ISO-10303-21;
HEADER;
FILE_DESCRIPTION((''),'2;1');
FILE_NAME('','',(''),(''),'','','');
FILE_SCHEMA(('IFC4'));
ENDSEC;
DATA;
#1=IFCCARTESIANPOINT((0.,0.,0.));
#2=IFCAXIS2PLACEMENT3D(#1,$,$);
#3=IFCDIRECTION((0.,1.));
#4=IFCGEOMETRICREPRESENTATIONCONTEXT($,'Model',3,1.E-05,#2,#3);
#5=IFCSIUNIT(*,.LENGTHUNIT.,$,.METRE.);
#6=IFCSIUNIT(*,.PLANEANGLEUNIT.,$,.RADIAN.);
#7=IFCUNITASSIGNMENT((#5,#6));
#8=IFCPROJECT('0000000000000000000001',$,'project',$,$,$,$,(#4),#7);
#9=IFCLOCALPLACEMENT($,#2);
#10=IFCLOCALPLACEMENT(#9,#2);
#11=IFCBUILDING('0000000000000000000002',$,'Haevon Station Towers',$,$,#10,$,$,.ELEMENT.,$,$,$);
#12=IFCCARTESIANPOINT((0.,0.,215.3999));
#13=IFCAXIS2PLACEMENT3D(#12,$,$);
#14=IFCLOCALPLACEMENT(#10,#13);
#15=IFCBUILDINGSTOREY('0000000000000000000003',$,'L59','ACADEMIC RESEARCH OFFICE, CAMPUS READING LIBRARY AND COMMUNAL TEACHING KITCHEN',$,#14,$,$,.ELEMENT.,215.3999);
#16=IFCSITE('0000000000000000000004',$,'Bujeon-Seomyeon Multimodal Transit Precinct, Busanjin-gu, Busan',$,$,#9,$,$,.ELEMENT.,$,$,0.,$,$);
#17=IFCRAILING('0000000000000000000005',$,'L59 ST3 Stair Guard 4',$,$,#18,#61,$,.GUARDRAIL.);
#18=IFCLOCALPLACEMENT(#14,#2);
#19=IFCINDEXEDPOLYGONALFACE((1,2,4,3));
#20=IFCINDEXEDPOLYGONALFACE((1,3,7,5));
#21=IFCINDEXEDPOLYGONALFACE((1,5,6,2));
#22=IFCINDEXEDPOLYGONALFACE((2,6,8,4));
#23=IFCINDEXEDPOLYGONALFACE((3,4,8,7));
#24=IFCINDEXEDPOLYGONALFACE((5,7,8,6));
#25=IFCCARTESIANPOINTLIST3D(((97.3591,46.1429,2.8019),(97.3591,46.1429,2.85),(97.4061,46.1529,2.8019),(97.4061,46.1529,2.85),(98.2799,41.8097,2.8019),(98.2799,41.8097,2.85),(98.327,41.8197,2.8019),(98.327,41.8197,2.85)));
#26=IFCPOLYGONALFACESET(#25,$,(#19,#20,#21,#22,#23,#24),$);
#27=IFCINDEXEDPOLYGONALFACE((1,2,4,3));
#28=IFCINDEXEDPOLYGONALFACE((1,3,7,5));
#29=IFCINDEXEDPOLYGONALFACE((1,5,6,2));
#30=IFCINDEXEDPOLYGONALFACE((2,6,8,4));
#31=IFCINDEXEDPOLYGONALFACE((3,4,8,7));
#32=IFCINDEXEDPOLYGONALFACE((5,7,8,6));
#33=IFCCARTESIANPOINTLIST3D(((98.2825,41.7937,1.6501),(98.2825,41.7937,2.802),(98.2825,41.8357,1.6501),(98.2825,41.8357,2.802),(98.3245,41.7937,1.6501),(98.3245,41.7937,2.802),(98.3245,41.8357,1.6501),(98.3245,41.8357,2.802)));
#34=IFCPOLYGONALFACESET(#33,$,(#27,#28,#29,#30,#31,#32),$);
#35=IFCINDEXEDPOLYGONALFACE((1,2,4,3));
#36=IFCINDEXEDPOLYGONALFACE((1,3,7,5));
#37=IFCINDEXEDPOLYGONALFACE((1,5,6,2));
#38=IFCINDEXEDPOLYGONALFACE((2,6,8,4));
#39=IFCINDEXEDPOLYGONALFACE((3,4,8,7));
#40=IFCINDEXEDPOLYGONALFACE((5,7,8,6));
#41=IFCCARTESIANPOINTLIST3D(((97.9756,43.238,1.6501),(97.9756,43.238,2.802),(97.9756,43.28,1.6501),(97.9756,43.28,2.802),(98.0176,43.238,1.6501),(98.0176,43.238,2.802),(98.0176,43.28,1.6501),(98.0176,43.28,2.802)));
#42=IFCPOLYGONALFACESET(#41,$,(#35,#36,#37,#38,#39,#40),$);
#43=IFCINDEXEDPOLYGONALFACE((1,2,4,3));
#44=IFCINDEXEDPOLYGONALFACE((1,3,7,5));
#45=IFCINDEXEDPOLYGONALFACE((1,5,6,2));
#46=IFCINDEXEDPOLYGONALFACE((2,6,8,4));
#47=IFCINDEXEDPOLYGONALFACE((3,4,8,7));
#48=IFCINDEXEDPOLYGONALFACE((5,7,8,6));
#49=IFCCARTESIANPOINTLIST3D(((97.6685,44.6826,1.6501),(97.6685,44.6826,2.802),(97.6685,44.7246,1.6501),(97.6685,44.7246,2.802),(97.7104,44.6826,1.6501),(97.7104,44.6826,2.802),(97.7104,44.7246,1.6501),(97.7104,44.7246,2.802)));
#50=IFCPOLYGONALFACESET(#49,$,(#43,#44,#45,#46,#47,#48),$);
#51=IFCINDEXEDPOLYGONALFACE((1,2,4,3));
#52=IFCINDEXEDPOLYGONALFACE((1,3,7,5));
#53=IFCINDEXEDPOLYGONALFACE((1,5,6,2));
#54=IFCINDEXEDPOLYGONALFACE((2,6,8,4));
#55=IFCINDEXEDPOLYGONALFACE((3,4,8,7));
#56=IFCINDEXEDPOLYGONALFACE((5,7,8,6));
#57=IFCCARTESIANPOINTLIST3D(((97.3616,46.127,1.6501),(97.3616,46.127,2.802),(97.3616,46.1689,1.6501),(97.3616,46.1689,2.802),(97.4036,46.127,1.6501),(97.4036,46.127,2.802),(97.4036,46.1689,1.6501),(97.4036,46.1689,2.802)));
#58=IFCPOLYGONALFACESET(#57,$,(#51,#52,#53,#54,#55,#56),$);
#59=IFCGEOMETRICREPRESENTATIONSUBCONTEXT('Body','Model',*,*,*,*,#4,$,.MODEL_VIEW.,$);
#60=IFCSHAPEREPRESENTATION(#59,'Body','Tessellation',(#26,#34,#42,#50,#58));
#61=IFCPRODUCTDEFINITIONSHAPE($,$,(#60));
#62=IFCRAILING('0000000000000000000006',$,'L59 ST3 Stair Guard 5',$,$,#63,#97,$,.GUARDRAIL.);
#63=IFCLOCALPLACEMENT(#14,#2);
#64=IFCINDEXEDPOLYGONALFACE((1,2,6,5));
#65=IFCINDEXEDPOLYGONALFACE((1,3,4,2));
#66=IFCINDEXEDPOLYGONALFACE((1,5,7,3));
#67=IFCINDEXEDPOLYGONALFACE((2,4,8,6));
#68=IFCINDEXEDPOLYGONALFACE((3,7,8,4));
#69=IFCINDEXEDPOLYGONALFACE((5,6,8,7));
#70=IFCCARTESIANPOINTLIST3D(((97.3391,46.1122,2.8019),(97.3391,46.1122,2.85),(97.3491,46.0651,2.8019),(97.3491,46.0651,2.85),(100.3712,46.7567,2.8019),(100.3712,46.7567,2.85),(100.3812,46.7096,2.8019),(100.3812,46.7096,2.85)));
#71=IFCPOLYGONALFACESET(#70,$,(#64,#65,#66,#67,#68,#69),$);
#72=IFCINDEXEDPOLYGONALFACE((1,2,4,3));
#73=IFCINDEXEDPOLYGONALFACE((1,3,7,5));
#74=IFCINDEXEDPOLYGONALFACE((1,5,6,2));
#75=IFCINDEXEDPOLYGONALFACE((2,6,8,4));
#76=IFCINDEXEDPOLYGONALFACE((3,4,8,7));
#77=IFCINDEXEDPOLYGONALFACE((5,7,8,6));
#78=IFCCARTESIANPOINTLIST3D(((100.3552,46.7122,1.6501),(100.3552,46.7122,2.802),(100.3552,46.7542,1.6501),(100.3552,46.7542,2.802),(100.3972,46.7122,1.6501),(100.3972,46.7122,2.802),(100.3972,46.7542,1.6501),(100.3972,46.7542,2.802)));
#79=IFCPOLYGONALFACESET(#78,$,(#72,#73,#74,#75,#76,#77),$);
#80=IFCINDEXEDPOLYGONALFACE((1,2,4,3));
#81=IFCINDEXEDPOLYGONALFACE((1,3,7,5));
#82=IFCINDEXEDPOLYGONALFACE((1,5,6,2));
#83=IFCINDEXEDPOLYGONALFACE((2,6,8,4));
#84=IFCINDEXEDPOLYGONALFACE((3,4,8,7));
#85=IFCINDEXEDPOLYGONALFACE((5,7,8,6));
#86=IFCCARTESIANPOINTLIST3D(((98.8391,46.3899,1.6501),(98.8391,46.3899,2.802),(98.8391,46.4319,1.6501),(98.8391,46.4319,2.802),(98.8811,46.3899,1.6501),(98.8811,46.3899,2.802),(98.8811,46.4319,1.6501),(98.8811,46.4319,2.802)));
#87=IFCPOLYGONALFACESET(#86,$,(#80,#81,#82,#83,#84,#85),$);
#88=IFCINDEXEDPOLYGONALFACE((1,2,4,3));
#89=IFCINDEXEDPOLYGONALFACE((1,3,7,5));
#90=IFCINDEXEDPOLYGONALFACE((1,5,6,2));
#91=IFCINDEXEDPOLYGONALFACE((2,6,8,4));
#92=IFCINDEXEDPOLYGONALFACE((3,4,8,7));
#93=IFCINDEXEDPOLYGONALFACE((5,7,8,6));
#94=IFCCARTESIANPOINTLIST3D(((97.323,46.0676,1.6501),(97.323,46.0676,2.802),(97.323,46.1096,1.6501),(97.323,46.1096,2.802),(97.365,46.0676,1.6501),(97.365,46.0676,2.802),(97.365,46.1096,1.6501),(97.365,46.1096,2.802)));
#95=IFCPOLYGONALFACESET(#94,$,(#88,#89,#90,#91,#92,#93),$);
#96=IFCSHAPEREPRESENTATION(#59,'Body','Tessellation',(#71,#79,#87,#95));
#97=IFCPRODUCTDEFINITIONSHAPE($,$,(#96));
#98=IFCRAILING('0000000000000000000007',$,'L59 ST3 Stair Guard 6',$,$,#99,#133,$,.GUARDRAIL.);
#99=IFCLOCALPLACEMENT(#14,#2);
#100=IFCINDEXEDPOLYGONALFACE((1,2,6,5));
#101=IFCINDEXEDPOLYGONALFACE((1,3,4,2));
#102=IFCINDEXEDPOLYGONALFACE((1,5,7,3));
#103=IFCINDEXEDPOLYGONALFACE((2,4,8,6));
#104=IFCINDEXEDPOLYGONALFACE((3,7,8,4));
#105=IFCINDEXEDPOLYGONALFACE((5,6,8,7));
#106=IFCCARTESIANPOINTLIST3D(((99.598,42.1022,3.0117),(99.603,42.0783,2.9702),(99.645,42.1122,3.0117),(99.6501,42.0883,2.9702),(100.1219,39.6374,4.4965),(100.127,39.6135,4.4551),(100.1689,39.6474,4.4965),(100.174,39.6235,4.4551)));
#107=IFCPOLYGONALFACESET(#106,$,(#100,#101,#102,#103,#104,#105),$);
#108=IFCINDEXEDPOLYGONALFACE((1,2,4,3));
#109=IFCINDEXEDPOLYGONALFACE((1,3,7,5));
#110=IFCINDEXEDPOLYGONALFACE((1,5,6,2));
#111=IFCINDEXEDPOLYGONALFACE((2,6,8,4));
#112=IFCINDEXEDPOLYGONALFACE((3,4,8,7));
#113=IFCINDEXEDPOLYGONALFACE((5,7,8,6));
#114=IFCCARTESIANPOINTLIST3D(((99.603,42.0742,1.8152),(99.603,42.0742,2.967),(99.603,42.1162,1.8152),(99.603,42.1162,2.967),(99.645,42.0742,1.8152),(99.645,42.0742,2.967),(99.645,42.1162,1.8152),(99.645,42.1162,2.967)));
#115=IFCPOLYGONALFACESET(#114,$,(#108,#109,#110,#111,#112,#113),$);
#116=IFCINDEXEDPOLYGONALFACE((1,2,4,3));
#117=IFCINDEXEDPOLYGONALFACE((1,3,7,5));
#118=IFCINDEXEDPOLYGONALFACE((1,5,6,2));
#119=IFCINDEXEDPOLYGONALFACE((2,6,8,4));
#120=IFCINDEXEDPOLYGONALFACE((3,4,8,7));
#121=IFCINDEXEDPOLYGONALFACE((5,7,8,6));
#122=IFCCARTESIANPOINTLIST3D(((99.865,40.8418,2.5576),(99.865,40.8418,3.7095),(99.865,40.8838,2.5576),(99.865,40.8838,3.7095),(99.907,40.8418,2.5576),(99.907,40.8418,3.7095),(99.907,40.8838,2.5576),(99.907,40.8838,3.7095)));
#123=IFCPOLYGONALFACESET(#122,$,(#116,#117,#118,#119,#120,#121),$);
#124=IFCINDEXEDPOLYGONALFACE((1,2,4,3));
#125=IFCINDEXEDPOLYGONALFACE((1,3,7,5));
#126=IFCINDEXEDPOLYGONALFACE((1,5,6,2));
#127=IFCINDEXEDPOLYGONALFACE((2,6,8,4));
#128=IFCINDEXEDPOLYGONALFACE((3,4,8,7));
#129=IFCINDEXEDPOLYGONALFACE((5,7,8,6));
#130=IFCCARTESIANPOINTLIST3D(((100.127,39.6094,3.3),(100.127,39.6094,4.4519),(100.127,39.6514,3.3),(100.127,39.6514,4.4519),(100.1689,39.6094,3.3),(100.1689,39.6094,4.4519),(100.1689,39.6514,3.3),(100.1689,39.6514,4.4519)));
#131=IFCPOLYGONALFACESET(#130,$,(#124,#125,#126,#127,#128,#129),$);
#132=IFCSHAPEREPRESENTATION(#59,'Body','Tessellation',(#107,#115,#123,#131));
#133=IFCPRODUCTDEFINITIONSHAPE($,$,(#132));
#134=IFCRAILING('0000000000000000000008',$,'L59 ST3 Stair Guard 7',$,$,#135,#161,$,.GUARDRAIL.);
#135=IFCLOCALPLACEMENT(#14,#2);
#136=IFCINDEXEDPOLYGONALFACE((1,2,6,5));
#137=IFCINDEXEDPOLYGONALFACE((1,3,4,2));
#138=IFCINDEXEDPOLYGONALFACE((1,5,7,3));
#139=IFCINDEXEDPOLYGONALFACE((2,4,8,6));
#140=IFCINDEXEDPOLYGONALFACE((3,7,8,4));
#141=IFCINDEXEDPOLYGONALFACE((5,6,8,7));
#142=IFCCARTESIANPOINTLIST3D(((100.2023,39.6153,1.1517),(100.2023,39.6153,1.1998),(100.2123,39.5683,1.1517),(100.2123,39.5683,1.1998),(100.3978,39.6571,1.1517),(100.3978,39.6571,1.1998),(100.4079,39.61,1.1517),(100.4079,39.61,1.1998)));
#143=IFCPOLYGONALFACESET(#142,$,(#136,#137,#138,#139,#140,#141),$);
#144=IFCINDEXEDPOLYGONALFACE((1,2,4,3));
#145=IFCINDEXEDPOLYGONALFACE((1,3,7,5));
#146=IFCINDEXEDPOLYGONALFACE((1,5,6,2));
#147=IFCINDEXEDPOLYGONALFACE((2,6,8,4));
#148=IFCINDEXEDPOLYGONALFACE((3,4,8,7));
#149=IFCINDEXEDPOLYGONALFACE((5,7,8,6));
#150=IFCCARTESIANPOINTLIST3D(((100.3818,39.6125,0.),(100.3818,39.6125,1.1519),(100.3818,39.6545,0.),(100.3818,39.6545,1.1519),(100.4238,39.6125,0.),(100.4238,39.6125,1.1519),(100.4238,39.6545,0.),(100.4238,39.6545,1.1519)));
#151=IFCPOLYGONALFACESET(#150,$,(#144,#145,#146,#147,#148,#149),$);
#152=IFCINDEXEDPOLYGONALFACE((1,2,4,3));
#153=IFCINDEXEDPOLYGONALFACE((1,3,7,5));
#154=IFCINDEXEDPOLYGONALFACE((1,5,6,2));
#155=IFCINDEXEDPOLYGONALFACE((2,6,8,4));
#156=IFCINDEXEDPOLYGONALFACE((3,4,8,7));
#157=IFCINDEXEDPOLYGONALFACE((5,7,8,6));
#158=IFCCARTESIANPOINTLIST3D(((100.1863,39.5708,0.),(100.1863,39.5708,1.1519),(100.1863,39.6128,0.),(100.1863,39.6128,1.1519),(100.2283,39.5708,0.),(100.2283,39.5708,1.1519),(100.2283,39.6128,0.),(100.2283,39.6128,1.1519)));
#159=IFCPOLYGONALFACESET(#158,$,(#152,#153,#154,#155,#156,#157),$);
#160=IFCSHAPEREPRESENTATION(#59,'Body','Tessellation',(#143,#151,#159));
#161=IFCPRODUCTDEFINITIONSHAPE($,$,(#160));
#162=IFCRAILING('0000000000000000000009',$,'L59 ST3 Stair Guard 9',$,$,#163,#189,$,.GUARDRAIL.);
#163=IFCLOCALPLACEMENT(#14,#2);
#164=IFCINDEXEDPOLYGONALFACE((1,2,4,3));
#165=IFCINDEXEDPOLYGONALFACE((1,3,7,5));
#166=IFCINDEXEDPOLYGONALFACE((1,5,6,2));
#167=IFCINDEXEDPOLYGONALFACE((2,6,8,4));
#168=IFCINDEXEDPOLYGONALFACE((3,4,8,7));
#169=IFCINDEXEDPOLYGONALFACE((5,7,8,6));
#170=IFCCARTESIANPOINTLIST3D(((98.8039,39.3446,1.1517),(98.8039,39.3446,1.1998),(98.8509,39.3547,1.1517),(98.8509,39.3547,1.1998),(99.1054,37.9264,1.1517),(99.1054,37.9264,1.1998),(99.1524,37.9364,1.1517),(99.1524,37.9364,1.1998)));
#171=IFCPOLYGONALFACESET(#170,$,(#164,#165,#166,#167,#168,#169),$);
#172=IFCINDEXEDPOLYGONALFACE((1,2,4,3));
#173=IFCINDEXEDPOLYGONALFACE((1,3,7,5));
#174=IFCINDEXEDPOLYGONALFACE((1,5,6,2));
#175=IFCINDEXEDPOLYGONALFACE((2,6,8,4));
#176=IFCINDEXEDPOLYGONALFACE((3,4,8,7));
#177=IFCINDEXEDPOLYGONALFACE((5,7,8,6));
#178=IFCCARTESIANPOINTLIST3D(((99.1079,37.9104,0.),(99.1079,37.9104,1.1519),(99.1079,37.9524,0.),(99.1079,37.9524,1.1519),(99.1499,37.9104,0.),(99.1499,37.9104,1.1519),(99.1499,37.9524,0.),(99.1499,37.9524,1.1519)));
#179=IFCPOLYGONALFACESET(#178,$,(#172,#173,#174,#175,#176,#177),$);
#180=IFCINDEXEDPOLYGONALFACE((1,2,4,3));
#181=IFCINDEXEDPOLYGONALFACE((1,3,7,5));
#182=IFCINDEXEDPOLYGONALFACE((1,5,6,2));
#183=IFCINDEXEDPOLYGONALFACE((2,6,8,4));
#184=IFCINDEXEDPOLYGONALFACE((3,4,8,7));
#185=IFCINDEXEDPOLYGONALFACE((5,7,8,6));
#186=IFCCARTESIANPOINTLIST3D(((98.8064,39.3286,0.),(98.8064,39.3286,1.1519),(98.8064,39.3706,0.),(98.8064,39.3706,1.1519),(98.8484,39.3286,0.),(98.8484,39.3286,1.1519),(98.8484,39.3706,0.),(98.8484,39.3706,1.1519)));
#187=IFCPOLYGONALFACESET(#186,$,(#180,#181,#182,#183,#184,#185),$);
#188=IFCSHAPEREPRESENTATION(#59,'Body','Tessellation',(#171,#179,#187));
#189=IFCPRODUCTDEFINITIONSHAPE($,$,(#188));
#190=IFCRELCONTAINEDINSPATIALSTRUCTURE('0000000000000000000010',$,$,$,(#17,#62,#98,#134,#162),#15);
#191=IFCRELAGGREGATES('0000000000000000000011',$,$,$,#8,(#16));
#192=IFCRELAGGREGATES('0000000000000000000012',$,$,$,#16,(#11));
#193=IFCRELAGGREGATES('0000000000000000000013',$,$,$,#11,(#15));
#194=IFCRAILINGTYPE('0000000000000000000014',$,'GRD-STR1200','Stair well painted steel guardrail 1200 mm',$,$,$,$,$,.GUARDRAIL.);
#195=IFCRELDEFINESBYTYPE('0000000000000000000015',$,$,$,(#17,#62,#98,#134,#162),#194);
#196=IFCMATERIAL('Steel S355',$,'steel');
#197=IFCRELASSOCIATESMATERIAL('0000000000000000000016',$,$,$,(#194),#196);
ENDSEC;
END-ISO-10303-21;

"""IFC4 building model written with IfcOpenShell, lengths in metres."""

from ifc_helpers import new_model, si_unit, direction, frame, origin, origin_2d, place, context, subcontext, project, spatial, rectangle, extrude, material, type_object, element, save


model = new_model("IFC4")

# Units and contexts
model_context = context("Model", 3, precision=1e-05, world=origin(), true_north=direction((0.0, 1.0)))
body_context = subcontext(model_context, "Body", "Model", "MODEL_VIEW")
ifc_project = project(units=[si_unit("LENGTHUNIT", "METRE"), si_unit("PLANEANGLEUNIT", "RADIAN")], contexts=[model_context])

# Site, building, storey
site_placement = place(None, origin())
site = spatial("IfcSite", under=ifc_project, at=site_placement, Name="Bujeon-Seomyeon Multimodal Transit Precinct, Busanjin-gu, Busan", CompositionType="ELEMENT", RefElevation=0.0)
building_placement = place(site_placement, origin())
building = spatial("IfcBuilding", under=site, at=building_placement, Name="Haevon Station Towers", CompositionType="ELEMENT")
storey_placement = place(building_placement, frame((0.0, 0.0, 215.3999)))
storey = spatial("IfcBuildingStorey", under=building, at=storey_placement, Name="L59", Description="ACADEMIC RESEARCH OFFICE, CAMPUS READING LIBRARY AND COMMUNAL TEACHING KITCHEN", CompositionType="ELEMENT", Elevation=215.3999)

# Shared definitions
ifc_material_1 = material(Name="Steel S355", Category="steel")

# Railings
railing_type_1 = type_object("IfcRailingType", Name="GRD-STR1200", Description="Stair well painted steel guardrail 1200 mm", PredefinedType="GUARDRAIL", material=ifc_material_1)
railing_1_placement = place(storey_placement, frame((98.3035, 41.8147, 1.6501)))
element("IfcRailing", 1, at=railing_1_placement, inside=storey, type_object=railing_type_1, Name="L59 ST3 Stair Guard 4", PredefinedType="GUARDRAIL", context=body_context, shape_type="SweptSolid", body=[
    extrude(rectangle(XDim=0.0481, YDim=0.0481, at=origin_2d()), frame((0.0, 0.0, 1.1758), z_axis=(-0.207877, 0.978155, 0.0), x_axis=(-0.978155, -0.207877, 0.0)), (0.0, 0.0, 1.0), 4.4299),
    extrude(rectangle(XDim=0.042, YDim=0.042, at=origin_2d()), origin(), (0.0, 0.0, 1.0), 1.1519),
    extrude(rectangle(XDim=0.042, YDim=0.042, at=origin_2d()), frame((-0.3069, 1.4443, 0.0)), (0.0, 0.0, 1.0), 1.1519),
    extrude(rectangle(XDim=0.042, YDim=0.042, at=origin_2d()), frame((-0.614, 2.8889, 0.0)), (0.0, 0.0, 1.0), 1.1519),
    extrude(rectangle(XDim=0.042, YDim=0.042, at=origin_2d()), frame((-0.9209, 4.3333, 0.0)), (0.0, 0.0, 1.0), 1.1519),
])
railing_2_placement = place(storey_placement, frame((100.3762, 46.7332, 1.6501)))
element("IfcRailing", 2, at=railing_2_placement, inside=storey, type_object=railing_type_1, Name="L59 ST3 Stair Guard 5", PredefinedType="GUARDRAIL", context=body_context, shape_type="SweptSolid", body=[
    extrude(rectangle(XDim=0.0481, YDim=0.0481, at=origin_2d()), frame((0.0, 0.0, 1.1758), z_axis=(-0.978147, -0.207915, 0.0), x_axis=(0.207915, -0.978147, 0.0)), (0.0, 0.0, 1.0), 3.0999),
    extrude(rectangle(XDim=0.042, YDim=0.042, at=origin_2d()), origin(), (0.0, 0.0, 1.0), 1.1519),
    extrude(rectangle(XDim=0.042, YDim=0.042, at=origin_2d()), frame((-1.5161, -0.3223, 0.0)), (0.0, 0.0, 1.0), 1.1519),
    extrude(rectangle(XDim=0.042, YDim=0.042, at=origin_2d()), frame((-3.0322, -0.6445, 0.0)), (0.0, 0.0, 1.0), 1.1519),
])
railing_3_placement = place(storey_placement, frame((99.624, 42.0952, 1.8152)))
element("IfcRailing", 3, at=railing_3_placement, inside=storey, type_object=railing_type_1, Name="L59 ST3 Stair Guard 6", PredefinedType="GUARDRAIL", context=body_context, shape_type="SweptSolid", body=[
    extrude(rectangle(XDim=0.0481, YDim=0.0481, at=origin_2d()), frame((0.0, 0.0, 1.1758), z_axis=(0.179129, -0.842724, 0.507671), x_axis=(0.978147, 0.207914, 0.0)), (0.0, 0.0, 1.0), 2.9248),
    extrude(rectangle(XDim=0.042, YDim=0.042, at=origin_2d()), origin(), (0.0, 0.0, 1.0), 1.1519),
    extrude(rectangle(XDim=0.042, YDim=0.042, at=origin_2d()), frame((0.262, -1.2324, 0.7424)), (0.0, 0.0, 1.0), 1.1519),
    extrude(rectangle(XDim=0.042, YDim=0.042, at=origin_2d()), frame((0.5239, -2.4648, 1.4849)), (0.0, 0.0, 1.0), 1.1519),
])
railing_4_placement = place(storey_placement, frame((100.4028, 39.6335, 0.0)))
element("IfcRailing", 4, at=railing_4_placement, inside=storey, type_object=railing_type_1, Name="L59 ST3 Stair Guard 7", PredefinedType="GUARDRAIL", context=body_context, shape_type="SweptSolid", body=[
    extrude(rectangle(XDim=0.0481, YDim=0.0481, at=origin_2d()), frame((0.0, 0.0, 1.1758), z_axis=(-0.977963, -0.208779, 0.0), x_axis=(0.208779, -0.977963, 0.0)), (0.0, 0.0, 1.0), 0.2),
    extrude(rectangle(XDim=0.042, YDim=0.042, at=origin_2d()), origin(), (0.0, 0.0, 1.0), 1.1519),
    extrude(rectangle(XDim=0.042, YDim=0.042, at=origin_2d()), frame((-0.1956, -0.0417, 0.0)), (0.0, 0.0, 1.0), 1.1519),
])
railing_5_placement = place(storey_placement, frame((99.1289, 37.9314, 0.0)))
element("IfcRailing", 5, at=railing_5_placement, inside=storey, type_object=railing_type_1, Name="L59 ST3 Stair Guard 9", PredefinedType="GUARDRAIL", context=body_context, shape_type="SweptSolid", body=[
    extrude(rectangle(XDim=0.0481, YDim=0.0481, at=origin_2d()), frame((0.0, 0.0, 1.1758), z_axis=(-0.207953, 0.978139, 0.0), x_axis=(-0.978139, -0.207953, 0.0)), (0.0, 0.0, 1.0), 1.45),
    extrude(rectangle(XDim=0.042, YDim=0.042, at=origin_2d()), origin(), (0.0, 0.0, 1.0), 1.1519),
    extrude(rectangle(XDim=0.042, YDim=0.042, at=origin_2d()), frame((-0.3015, 1.4182, 0.0)), (0.0, 0.0, 1.0), 1.1519),
])

save(model, "model.ifc")
